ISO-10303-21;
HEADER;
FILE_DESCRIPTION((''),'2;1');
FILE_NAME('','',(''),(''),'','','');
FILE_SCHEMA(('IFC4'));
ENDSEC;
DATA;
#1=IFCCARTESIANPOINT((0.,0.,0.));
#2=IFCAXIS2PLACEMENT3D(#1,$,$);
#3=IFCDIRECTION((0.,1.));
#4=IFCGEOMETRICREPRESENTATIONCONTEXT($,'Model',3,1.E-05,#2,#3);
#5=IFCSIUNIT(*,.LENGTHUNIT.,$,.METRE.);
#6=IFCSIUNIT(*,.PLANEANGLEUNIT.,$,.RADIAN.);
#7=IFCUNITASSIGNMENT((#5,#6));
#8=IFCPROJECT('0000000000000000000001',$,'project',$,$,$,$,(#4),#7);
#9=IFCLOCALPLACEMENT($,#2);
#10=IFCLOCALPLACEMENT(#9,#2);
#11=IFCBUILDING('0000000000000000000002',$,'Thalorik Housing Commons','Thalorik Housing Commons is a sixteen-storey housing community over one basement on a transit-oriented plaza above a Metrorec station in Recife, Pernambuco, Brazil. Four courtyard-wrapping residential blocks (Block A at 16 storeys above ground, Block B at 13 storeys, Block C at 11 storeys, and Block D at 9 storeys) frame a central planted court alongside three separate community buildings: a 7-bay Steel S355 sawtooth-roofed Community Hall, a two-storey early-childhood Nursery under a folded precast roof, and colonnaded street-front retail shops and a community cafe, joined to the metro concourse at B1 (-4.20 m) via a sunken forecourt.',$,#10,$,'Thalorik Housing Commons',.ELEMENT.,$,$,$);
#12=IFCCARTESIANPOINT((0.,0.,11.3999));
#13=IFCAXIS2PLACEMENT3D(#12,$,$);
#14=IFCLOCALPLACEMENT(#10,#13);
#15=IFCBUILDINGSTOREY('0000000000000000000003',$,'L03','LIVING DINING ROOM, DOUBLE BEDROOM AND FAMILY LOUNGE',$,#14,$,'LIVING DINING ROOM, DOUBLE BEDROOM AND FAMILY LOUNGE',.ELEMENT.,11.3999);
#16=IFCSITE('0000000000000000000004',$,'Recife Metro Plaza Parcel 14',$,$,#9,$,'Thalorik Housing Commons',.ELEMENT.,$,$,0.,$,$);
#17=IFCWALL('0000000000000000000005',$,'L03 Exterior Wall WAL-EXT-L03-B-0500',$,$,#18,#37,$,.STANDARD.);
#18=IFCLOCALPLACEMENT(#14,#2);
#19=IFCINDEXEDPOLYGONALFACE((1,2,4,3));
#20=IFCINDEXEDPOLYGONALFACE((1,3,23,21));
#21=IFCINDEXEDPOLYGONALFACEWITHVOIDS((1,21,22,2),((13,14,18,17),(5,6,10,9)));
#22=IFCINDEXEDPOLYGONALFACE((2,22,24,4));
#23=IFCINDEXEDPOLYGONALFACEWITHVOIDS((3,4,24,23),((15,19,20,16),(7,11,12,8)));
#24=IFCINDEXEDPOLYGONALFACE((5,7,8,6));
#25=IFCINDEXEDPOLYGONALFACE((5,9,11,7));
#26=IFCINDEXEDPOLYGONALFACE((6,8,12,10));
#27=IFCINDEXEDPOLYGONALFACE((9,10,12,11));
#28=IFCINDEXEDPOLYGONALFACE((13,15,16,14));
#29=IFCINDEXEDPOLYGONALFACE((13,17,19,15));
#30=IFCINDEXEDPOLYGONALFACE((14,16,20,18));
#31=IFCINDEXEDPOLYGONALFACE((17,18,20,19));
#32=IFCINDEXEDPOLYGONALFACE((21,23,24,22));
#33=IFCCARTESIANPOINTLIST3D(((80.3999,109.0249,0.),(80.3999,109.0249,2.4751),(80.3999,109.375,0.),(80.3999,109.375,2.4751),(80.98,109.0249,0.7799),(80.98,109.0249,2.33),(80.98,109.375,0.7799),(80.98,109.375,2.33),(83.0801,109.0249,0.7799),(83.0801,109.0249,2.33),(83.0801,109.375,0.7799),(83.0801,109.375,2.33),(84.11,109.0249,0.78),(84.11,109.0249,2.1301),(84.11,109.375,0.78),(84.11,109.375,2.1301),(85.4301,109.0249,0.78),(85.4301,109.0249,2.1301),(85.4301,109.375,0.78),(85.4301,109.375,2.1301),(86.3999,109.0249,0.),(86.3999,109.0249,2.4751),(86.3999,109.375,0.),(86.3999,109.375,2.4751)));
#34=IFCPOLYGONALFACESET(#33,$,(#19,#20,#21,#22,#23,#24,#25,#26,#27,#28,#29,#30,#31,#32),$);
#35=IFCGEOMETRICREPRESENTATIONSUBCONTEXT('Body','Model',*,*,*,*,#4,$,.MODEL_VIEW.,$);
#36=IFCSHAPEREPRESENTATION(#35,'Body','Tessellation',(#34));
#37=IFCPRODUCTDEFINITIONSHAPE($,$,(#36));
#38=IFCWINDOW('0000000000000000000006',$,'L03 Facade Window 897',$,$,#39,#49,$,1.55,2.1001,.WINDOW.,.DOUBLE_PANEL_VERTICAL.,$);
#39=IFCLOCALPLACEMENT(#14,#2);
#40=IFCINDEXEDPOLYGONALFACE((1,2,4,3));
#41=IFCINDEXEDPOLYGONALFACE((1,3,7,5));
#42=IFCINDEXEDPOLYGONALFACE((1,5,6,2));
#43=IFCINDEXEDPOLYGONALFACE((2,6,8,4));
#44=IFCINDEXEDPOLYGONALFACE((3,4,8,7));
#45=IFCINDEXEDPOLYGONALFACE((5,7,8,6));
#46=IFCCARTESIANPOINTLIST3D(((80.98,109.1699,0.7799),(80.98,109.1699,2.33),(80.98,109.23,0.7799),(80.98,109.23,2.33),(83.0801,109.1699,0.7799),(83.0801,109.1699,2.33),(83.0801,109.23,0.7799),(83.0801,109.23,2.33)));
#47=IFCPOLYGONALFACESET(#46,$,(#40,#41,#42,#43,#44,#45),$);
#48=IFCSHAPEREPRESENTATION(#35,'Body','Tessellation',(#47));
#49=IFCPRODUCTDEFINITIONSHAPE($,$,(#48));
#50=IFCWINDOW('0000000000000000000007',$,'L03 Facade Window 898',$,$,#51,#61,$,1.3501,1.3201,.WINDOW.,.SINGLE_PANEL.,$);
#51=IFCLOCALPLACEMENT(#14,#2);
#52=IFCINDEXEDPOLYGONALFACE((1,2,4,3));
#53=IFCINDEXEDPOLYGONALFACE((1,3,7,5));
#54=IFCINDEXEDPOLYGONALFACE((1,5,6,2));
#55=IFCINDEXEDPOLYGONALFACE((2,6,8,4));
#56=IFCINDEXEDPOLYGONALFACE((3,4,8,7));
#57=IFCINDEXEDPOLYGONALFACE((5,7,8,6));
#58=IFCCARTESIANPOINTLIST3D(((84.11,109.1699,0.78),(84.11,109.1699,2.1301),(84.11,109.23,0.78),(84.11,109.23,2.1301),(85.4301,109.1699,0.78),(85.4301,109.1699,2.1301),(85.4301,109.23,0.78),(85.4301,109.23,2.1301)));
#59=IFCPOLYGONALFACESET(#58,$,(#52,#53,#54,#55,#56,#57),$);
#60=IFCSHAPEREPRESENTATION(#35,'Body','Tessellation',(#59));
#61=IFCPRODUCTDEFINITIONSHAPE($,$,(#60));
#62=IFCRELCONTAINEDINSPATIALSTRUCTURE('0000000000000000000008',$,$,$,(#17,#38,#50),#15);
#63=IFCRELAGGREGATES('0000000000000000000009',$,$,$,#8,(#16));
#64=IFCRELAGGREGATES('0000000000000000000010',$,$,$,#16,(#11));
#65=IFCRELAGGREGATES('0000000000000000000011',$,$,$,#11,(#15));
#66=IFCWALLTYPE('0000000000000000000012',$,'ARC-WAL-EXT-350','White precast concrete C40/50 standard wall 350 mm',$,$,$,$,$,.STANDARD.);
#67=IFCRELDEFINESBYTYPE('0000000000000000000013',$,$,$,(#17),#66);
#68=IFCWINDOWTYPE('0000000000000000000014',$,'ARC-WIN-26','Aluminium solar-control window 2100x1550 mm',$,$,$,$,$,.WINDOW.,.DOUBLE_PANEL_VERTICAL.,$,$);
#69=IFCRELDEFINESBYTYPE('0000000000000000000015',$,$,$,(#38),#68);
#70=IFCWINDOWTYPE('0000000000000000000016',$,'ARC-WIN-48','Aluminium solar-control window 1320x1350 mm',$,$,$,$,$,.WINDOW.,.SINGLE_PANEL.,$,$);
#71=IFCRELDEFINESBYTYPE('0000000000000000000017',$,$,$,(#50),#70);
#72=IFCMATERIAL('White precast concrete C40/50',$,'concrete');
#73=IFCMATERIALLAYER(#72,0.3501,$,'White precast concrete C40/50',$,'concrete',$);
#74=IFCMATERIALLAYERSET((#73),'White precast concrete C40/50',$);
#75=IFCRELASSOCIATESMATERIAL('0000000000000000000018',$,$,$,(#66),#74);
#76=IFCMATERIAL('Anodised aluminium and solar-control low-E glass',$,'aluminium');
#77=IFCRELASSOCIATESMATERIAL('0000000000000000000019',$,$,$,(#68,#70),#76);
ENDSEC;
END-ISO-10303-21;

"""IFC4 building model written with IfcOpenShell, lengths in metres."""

from ifc_helpers import new_model, si_unit, direction, frame, frame_2d, origin, place, context, subcontext, project, spatial, rectangle, extrude, material, layer, layer_set, type_object, element, fill, save


model = new_model("IFC4")

# Units and contexts
model_context = context("Model", 3, precision=1e-05, world=origin(), true_north=direction((0.0, 1.0)))
body_context = subcontext(model_context, "Body", "Model", "MODEL_VIEW")
ifc_project = project(units=[si_unit("LENGTHUNIT", "METRE"), si_unit("PLANEANGLEUNIT", "RADIAN")], contexts=[model_context])

# Site, building, storey
site_placement = place(None, origin())
site = spatial("IfcSite", under=ifc_project, at=site_placement, Name="Recife Metro Plaza Parcel 14", LongName="Thalorik Housing Commons", CompositionType="ELEMENT", RefElevation=0.0)
building_placement = place(site_placement, origin())
building = spatial("IfcBuilding", under=site, at=building_placement, Name="Thalorik Housing Commons", Description="Thalorik Housing Commons is a sixteen-storey housing community over one basement on a transit-oriented plaza above a Metrorec station in Recife, Pernambuco, Brazil. Four courtyard-wrapping residential blocks (Block A at 16 storeys above ground, Block B at 13 storeys, Block C at 11 storeys, and Block D at 9 storeys) frame a central planted court alongside three separate community buildings: a 7-bay Steel S355 sawtooth-roofed Community Hall, a two-storey early-childhood Nursery under a folded precast roof, and colonnaded street-front retail shops and a community cafe, joined to the metro concourse at B1 (-4.20 m) via a sunken forecourt.", LongName="Thalorik Housing Commons", CompositionType="ELEMENT")
storey_placement = place(building_placement, frame((0.0, 0.0, 11.3999)))
storey = spatial("IfcBuildingStorey", under=building, at=storey_placement, Name="L03", Description="LIVING DINING ROOM, DOUBLE BEDROOM AND FAMILY LOUNGE", LongName="LIVING DINING ROOM, DOUBLE BEDROOM AND FAMILY LOUNGE", CompositionType="ELEMENT", Elevation=11.3999)

# Shared definitions
ifc_material_1 = material(Name="Anodised aluminium and solar-control low-E glass", Category="aluminium")

# Shared definitions
ifc_material_2 = material(Name="White precast concrete C40/50", Category="concrete")
ifc_layer_1 = layer(ifc_material_2, 0.3501, Name="White precast concrete C40/50", Category="concrete")
ifc_layer_set_1 = layer_set([ifc_layer_1], Name="White precast concrete C40/50")
wall_type = type_object("IfcWallType", Name="ARC-WAL-EXT-350", Description="White precast concrete C40/50 standard wall 350 mm", PredefinedType="STANDARD", material=ifc_layer_set_1)

# Wall, openings, windows
wall_1_placement = place(storey_placement, frame((80.3999, 109.2, 0.0), z_axis=(0.0, 0.0, 1.0), x_axis=(1.0, 0.0, 0.0)))
wall_1 = element("IfcWall", 1, at=wall_1_placement, inside=storey, type_object=wall_type, Name="L03 Exterior Wall WAL-EXT-L03-B-0500", PredefinedType="STANDARD", context=body_context, shape_type="SweptSolid", body=[
    extrude(rectangle(XDim=6.0, YDim=0.3501, at=frame_2d((3.0, 0.0))), origin(), (0.0, 0.0, 1.0), 2.4751),
])
opening_1_placement = place(wall_1_placement, frame((0.5801, 0.0, 0.78)))
opening_1 = element("IfcOpeningElement", 2, at=opening_1_placement, cuts=wall_1, PredefinedType="OPENING", context=body_context, shape_type="SweptSolid", body=[
    extrude(rectangle(XDim=2.1001, YDim=1.55, at=frame_2d((1.05, 0.7749))), frame((0.0, 0.1851, 0.0), z_axis=(0.0, -1.0, 0.0), x_axis=(1.0, 0.0, 0.0)), (0.0, 0.0, 1.0), 0.3701),
])
opening_2_placement = place(wall_1_placement, frame((3.71, 0.0, 0.78)))
opening_2 = element("IfcOpeningElement", 3, at=opening_2_placement, cuts=wall_1, PredefinedType="OPENING", context=body_context, shape_type="SweptSolid", body=[
    extrude(rectangle(XDim=1.3201, YDim=1.3501, at=frame_2d((0.6602, 0.675))), frame((0.0, 0.1851, 0.0), z_axis=(0.0, -1.0, 0.0), x_axis=(1.0, 0.0, 0.0)), (0.0, 0.0, 1.0), 0.3701),
])
window_type_1 = type_object("IfcWindowType", Name="ARC-WIN-26", Description="Aluminium solar-control window 2100x1550 mm", PartitioningType="DOUBLE_PANEL_VERTICAL", PredefinedType="WINDOW", material=ifc_material_1)
window_1_placement = place(opening_1_placement, origin())
window_1 = element("IfcWindow", 4, at=window_1_placement, inside=storey, type_object=window_type_1, Name="L03 Facade Window 897", OverallHeight=1.55, OverallWidth=2.1001, PartitioningType="DOUBLE_PANEL_VERTICAL", PredefinedType="WINDOW", context=body_context, shape_type="SweptSolid", body=[
    extrude(rectangle(XDim=2.1001, YDim=1.55, at=frame_2d((1.05, 0.7749))), frame((0.0, 0.03, 0.0), z_axis=(0.0, -1.0, 0.0), x_axis=(1.0, 0.0, 0.0)), (0.0, 0.0, 1.0), 0.0601),
])
fill(opening_1, window_1)
window_type_2 = type_object("IfcWindowType", Name="ARC-WIN-48", Description="Aluminium solar-control window 1320x1350 mm", PartitioningType="SINGLE_PANEL", PredefinedType="WINDOW", material=ifc_material_1)
window_2_placement = place(opening_2_placement, origin())
window_2 = element("IfcWindow", 5, at=window_2_placement, inside=storey, type_object=window_type_2, Name="L03 Facade Window 898", OverallHeight=1.3501, OverallWidth=1.3201, PartitioningType="SINGLE_PANEL", PredefinedType="WINDOW", context=body_context, shape_type="SweptSolid", body=[
    extrude(rectangle(XDim=1.3201, YDim=1.3501, at=frame_2d((0.6602, 0.675))), frame((0.0, 0.03, 0.0), z_axis=(0.0, -1.0, 0.0), x_axis=(1.0, 0.0, 0.0)), (0.0, 0.0, 1.0), 0.0601),
])
fill(opening_2, window_2)

save(model, "model.ifc")
